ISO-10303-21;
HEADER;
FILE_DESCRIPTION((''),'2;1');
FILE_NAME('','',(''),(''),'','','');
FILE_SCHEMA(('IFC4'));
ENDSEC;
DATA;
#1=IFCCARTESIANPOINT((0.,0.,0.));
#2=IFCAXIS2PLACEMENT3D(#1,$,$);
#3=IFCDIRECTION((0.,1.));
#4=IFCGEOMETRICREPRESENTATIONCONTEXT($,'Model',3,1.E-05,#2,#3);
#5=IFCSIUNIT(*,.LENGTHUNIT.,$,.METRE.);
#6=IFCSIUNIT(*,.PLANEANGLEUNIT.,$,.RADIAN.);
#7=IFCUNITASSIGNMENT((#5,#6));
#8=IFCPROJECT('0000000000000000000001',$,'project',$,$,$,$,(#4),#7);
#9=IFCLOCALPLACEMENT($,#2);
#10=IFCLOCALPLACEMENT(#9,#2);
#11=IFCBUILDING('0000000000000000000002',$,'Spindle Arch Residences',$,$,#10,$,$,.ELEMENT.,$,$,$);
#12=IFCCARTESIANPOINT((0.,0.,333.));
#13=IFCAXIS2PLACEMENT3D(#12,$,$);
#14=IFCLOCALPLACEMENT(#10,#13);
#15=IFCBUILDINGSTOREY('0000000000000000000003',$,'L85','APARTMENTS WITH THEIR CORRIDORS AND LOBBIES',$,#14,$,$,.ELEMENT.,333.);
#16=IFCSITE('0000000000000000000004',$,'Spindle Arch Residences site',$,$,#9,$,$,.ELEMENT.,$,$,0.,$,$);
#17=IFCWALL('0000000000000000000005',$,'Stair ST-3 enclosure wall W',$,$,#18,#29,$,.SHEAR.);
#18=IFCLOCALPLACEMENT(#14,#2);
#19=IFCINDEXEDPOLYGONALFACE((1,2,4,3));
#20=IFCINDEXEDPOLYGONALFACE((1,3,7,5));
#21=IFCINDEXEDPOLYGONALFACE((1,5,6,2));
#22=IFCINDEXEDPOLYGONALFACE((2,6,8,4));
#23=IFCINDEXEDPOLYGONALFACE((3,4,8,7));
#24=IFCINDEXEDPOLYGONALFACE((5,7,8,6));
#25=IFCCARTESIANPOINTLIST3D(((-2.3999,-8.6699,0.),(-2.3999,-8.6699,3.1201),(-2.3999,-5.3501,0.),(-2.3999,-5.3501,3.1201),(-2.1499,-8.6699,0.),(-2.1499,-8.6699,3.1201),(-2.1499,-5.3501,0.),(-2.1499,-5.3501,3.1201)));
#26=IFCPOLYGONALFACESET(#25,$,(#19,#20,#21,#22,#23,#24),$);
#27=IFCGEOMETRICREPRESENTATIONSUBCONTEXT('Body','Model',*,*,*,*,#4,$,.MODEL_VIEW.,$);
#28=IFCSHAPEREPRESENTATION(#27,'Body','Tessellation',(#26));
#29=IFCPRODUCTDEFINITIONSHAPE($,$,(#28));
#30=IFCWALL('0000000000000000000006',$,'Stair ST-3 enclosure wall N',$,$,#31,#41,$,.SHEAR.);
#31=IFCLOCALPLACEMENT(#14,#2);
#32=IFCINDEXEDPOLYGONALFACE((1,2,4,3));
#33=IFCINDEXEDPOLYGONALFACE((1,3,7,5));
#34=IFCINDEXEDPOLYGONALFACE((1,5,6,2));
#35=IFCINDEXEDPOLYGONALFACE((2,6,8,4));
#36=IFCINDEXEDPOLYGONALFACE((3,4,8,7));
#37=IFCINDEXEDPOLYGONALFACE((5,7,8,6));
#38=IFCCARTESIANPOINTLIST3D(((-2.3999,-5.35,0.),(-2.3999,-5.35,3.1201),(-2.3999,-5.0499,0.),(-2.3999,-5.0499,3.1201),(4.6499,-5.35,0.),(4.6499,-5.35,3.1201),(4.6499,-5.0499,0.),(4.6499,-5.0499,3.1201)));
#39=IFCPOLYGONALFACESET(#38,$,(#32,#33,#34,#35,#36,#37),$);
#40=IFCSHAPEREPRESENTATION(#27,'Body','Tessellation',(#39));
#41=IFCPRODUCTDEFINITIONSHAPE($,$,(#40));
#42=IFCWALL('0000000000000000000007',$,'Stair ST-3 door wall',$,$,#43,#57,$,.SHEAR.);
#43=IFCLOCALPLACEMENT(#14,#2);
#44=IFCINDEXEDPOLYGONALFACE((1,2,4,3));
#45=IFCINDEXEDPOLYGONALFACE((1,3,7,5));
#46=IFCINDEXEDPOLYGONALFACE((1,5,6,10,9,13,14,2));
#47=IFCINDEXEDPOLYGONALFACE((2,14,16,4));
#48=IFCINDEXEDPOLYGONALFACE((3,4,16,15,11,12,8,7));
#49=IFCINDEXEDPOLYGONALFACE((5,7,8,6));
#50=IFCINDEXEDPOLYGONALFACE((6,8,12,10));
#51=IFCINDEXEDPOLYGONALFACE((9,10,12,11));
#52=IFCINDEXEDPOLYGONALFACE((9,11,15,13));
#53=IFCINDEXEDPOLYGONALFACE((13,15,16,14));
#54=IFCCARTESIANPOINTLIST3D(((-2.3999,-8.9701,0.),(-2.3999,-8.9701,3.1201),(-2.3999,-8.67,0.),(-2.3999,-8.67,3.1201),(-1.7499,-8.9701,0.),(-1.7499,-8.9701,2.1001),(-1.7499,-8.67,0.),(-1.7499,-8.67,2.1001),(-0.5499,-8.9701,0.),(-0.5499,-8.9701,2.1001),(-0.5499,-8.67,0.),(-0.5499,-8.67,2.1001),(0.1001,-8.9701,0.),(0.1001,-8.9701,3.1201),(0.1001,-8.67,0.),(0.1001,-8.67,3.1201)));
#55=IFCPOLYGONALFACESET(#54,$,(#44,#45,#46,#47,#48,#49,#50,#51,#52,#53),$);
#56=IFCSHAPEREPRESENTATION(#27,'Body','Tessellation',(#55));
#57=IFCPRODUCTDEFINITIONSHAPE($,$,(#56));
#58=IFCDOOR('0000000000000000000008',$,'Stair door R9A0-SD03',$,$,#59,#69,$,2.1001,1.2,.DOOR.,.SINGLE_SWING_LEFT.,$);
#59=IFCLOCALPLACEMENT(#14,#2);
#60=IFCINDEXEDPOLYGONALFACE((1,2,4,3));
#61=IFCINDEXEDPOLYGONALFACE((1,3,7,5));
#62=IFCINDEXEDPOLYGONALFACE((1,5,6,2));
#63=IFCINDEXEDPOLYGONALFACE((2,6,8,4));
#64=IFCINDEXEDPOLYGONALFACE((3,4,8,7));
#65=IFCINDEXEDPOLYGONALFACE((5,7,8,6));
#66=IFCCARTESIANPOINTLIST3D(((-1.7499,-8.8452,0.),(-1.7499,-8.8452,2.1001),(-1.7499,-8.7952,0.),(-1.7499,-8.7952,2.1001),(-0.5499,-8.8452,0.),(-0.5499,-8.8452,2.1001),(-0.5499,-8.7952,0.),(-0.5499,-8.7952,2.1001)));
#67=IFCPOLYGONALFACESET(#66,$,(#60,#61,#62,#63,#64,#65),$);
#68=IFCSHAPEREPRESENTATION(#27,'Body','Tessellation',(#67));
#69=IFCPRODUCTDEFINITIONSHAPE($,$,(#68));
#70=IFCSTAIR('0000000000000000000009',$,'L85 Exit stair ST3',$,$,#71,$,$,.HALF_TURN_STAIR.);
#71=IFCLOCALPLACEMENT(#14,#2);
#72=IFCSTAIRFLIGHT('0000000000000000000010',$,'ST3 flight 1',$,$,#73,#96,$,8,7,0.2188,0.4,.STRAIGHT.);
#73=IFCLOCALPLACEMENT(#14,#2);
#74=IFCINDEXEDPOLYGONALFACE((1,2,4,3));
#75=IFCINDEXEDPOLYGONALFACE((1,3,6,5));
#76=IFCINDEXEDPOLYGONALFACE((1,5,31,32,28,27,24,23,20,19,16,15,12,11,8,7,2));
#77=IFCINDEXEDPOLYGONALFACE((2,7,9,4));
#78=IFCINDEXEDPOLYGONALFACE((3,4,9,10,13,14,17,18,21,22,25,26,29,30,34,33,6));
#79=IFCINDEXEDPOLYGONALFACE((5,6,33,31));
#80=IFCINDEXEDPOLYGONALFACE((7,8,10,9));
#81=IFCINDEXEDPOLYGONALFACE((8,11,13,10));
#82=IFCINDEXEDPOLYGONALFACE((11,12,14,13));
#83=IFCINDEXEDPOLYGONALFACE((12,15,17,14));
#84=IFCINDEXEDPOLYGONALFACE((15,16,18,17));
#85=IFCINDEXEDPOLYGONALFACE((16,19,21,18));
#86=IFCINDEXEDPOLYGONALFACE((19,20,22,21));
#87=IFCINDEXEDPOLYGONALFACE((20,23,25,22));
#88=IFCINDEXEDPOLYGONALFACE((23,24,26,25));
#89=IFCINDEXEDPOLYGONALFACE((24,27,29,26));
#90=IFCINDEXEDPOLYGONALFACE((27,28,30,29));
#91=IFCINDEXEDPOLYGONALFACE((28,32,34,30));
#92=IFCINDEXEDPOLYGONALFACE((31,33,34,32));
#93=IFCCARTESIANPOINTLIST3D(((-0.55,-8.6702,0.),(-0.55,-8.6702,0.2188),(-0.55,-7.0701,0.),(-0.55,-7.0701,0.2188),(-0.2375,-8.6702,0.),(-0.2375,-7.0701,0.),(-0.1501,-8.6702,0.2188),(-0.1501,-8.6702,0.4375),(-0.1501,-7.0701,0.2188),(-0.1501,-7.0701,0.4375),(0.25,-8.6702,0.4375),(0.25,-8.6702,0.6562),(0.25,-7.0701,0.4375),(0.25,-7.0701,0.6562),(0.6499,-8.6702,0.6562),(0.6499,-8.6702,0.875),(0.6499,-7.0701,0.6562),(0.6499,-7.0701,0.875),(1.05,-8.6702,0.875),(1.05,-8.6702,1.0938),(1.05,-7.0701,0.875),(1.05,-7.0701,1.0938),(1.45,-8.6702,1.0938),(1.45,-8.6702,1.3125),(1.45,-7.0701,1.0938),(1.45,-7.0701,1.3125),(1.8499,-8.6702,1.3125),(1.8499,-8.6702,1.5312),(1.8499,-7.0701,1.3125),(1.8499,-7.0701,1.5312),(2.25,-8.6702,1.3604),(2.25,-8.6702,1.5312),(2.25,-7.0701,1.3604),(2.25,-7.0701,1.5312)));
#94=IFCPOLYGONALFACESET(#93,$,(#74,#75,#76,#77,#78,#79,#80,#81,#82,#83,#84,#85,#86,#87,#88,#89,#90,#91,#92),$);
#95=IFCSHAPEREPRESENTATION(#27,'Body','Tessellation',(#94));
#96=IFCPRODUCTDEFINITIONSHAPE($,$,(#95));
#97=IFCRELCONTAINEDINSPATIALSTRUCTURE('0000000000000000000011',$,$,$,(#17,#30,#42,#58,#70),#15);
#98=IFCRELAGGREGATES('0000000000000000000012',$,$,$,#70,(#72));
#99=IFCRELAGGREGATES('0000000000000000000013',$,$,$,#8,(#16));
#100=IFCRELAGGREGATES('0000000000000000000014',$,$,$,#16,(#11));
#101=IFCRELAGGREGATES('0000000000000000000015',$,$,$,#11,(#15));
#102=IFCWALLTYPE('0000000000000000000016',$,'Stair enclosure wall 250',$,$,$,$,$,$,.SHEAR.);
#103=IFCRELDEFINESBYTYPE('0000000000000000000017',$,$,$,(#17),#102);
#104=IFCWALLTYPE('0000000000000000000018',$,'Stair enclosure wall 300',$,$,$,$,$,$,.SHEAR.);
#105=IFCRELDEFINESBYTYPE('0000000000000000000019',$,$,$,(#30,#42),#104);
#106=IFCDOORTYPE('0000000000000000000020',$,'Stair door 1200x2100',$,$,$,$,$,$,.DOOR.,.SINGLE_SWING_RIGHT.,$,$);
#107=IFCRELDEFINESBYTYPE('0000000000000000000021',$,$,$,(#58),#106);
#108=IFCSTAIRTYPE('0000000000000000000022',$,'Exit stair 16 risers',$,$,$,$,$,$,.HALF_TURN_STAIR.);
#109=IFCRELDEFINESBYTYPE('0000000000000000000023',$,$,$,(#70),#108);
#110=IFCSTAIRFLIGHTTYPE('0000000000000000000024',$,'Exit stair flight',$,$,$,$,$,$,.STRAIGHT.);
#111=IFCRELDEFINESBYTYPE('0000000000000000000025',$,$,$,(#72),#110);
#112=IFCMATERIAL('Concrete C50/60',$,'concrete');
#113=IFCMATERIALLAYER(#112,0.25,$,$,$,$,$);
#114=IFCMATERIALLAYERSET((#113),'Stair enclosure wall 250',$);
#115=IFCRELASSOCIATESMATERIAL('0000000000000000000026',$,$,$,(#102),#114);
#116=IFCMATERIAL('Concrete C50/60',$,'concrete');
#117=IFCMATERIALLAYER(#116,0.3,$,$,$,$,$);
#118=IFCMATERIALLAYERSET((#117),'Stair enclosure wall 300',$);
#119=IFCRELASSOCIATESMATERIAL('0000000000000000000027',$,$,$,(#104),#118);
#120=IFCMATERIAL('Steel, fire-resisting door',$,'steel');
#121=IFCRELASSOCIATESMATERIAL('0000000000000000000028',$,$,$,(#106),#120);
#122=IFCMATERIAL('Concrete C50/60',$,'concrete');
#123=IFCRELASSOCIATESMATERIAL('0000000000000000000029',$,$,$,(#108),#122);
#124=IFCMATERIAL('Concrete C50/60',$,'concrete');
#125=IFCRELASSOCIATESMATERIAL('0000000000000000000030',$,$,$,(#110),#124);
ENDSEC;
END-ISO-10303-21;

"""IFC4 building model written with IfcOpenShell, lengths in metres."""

from ifc_helpers import new_model, si_unit, direction, frame, frame_2d, origin, place, context, subcontext, project, spatial, polyline, rectangle, outline, extrude, material, layer, layer_set, type_object, element, fill, aggregate, save


model = new_model("IFC4")

# Units and contexts
model_context = context("Model", 3, precision=1e-05, world=origin(), true_north=direction((0.0, 1.0)))
body_context = subcontext(model_context, "Body", "Model", "MODEL_VIEW")
ifc_project = project(units=[si_unit("LENGTHUNIT", "METRE"), si_unit("PLANEANGLEUNIT", "RADIAN")], contexts=[model_context])

# Site, building, storey
site_placement = place(None, origin())
site = spatial("IfcSite", under=ifc_project, at=site_placement, Name="Spindle Arch Residences site", CompositionType="ELEMENT", RefElevation=0.0)
building_placement = place(site_placement, origin())
building = spatial("IfcBuilding", under=site, at=building_placement, Name="Spindle Arch Residences", CompositionType="ELEMENT")
storey_placement = place(building_placement, frame((0.0, 0.0, 333.0)))
storey = spatial("IfcBuildingStorey", under=building, at=storey_placement, Name="L85", Description="APARTMENTS WITH THEIR CORRIDORS AND LOBBIES", CompositionType="ELEMENT", Elevation=333.0)

# Walls
ifc_material_1 = material(Name="Concrete C50/60", Category="concrete")
ifc_layer_1 = layer(ifc_material_1, 0.25)
ifc_layer_set_1 = layer_set([ifc_layer_1], Name="Stair enclosure wall 250")
wall_type_1 = type_object("IfcWallType", Name="Stair enclosure wall 250", PredefinedType="SHEAR", material=ifc_layer_set_1)
wall_1_placement = place(storey_placement, frame((-2.2749, -8.6699, 0.0), z_axis=(0.0, 0.0, 1.0), x_axis=(0.0, 1.0, 0.0)))
element("IfcWall", 1, at=wall_1_placement, inside=storey, type_object=wall_type_1, Name="Stair ST-3 enclosure wall W", PredefinedType="SHEAR", context=body_context, shape_type="SweptSolid", body=[
    extrude(rectangle(XDim=3.3198, YDim=0.25, at=frame_2d((1.6599, 0.0))), origin(), (0.0, 0.0, 1.0), 3.1201),
])
ifc_material_2 = material(Name="Concrete C50/60", Category="concrete")
ifc_layer_2 = layer(ifc_material_2, 0.3)
ifc_layer_set_2 = layer_set([ifc_layer_2], Name="Stair enclosure wall 300")
wall_type_2 = type_object("IfcWallType", Name="Stair enclosure wall 300", PredefinedType="SHEAR", material=ifc_layer_set_2)
wall_2_placement = place(storey_placement, frame((-2.3999, -5.2, 0.0), z_axis=(0.0, 0.0, 1.0), x_axis=(1.0, 0.0, 0.0)))
element("IfcWall", 2, at=wall_2_placement, inside=storey, type_object=wall_type_2, Name="Stair ST-3 enclosure wall N", PredefinedType="SHEAR", context=body_context, shape_type="SweptSolid", body=[
    extrude(rectangle(XDim=7.0498, YDim=0.3, at=frame_2d((3.5249, 0.0))), origin(), (0.0, 0.0, 1.0), 3.1201),
])

# Wall, opening, door
wall_3_placement = place(storey_placement, frame((-2.3999, -8.8201, 0.0), z_axis=(0.0, 0.0, 1.0), x_axis=(1.0, 0.0, 0.0)))
wall_3 = element("IfcWall", 3, at=wall_3_placement, inside=storey, type_object=wall_type_2, Name="Stair ST-3 door wall", PredefinedType="SHEAR", context=body_context, shape_type="SweptSolid", body=[
    extrude(rectangle(XDim=2.5, YDim=0.3, at=frame_2d((1.25, 0.0))), origin(), (0.0, 0.0, 1.0), 3.1201),
])
opening_1_placement = place(wall_3_placement, frame((0.6499, 0.0, 0.0)))
opening_1 = element("IfcOpeningElement", 4, at=opening_1_placement, cuts=wall_3, PredefinedType="OPENING", context=body_context, shape_type="SweptSolid", body=[
    extrude(rectangle(XDim=1.2, YDim=2.1001, at=frame_2d((0.6001, 1.05))), frame((0.0, 0.1602, 0.0), z_axis=(0.0, -1.0, 0.0), x_axis=(1.0, 0.0, 0.0)), (0.0, 0.0, 1.0), 0.3201),
])
ifc_material_3 = material(Name="Steel, fire-resisting door", Category="steel")
door_type_1 = type_object("IfcDoorType", Name="Stair door 1200x2100", OperationType="SINGLE_SWING_RIGHT", PredefinedType="DOOR", material=ifc_material_3)
door_1_placement = place(opening_1_placement, origin())
door_1 = element("IfcDoor", 5, at=door_1_placement, inside=storey, type_object=door_type_1, Name="Stair door R9A0-SD03", OperationType="SINGLE_SWING_LEFT", OverallHeight=2.1001, OverallWidth=1.2, PredefinedType="DOOR", context=body_context, shape_type="SweptSolid", body=[
    extrude(rectangle(XDim=1.2, YDim=2.1001, at=frame_2d((0.6001, 1.05))), frame((0.0, 0.0249, 0.0), z_axis=(0.0, -1.0, 0.0), x_axis=(1.0, 0.0, 0.0)), (0.0, 0.0, 1.0), 0.05),
])
fill(opening_1, door_1)

# Stair, stair flight
ifc_material_4 = material(Name="Concrete C50/60", Category="concrete")
stair_type = type_object("IfcStairType", Name="Exit stair 16 risers", PredefinedType="HALF_TURN_STAIR", material=ifc_material_4)
stair_placement = place(storey_placement, origin())
stair = element("IfcStair", 6, at=stair_placement, inside=storey, type_object=stair_type, Name="L85 Exit stair ST3", PredefinedType="HALF_TURN_STAIR")
ifc_material_5 = material(Name="Concrete C50/60", Category="concrete")
stair_flight_type = type_object("IfcStairFlightType", Name="Exit stair flight", PredefinedType="STRAIGHT", material=ifc_material_5)
stair_flight_placement = place(storey_placement, frame((-0.55, -7.8701, 0.0), z_axis=(0.0, 0.0, 1.0), x_axis=(1.0, 0.0, 0.0)))
stair_flight = element("IfcStairFlight", 7, at=stair_flight_placement, type_object=stair_flight_type, Name="ST3 flight 1", NumberOfRisers=8, NumberOfTreads=7, PredefinedType="STRAIGHT", RiserHeight=0.2188, TreadLength=0.4, context=body_context, shape_type="SweptSolid", body=[
    extrude(outline(polyline([(0.0, 0.0), (0.0, 0.2188), (0.3999, 0.2188), (0.3999, 0.4375), (0.8, 0.4375), (0.8, 0.6562), (1.2, 0.6562), (1.2, 0.875), (1.6001, 0.875), (1.6001, 1.0938), (2.0, 1.0938), (2.0, 1.3125), (2.3999, 1.3125), (2.3999, 1.5312), (2.8, 1.5312), (2.8, 1.75), (2.8, 1.3604), (0.3125, 0.0), (0.0, 0.0)])), frame((0.0, 0.8, 0.0), z_axis=(0.0, -1.0, 0.0), x_axis=(1.0, 0.0, 0.0)), (0.0, 0.0, 1.0), 1.6001),
])
aggregate(stair, [stair_flight])

save(model, "model.ifc")
